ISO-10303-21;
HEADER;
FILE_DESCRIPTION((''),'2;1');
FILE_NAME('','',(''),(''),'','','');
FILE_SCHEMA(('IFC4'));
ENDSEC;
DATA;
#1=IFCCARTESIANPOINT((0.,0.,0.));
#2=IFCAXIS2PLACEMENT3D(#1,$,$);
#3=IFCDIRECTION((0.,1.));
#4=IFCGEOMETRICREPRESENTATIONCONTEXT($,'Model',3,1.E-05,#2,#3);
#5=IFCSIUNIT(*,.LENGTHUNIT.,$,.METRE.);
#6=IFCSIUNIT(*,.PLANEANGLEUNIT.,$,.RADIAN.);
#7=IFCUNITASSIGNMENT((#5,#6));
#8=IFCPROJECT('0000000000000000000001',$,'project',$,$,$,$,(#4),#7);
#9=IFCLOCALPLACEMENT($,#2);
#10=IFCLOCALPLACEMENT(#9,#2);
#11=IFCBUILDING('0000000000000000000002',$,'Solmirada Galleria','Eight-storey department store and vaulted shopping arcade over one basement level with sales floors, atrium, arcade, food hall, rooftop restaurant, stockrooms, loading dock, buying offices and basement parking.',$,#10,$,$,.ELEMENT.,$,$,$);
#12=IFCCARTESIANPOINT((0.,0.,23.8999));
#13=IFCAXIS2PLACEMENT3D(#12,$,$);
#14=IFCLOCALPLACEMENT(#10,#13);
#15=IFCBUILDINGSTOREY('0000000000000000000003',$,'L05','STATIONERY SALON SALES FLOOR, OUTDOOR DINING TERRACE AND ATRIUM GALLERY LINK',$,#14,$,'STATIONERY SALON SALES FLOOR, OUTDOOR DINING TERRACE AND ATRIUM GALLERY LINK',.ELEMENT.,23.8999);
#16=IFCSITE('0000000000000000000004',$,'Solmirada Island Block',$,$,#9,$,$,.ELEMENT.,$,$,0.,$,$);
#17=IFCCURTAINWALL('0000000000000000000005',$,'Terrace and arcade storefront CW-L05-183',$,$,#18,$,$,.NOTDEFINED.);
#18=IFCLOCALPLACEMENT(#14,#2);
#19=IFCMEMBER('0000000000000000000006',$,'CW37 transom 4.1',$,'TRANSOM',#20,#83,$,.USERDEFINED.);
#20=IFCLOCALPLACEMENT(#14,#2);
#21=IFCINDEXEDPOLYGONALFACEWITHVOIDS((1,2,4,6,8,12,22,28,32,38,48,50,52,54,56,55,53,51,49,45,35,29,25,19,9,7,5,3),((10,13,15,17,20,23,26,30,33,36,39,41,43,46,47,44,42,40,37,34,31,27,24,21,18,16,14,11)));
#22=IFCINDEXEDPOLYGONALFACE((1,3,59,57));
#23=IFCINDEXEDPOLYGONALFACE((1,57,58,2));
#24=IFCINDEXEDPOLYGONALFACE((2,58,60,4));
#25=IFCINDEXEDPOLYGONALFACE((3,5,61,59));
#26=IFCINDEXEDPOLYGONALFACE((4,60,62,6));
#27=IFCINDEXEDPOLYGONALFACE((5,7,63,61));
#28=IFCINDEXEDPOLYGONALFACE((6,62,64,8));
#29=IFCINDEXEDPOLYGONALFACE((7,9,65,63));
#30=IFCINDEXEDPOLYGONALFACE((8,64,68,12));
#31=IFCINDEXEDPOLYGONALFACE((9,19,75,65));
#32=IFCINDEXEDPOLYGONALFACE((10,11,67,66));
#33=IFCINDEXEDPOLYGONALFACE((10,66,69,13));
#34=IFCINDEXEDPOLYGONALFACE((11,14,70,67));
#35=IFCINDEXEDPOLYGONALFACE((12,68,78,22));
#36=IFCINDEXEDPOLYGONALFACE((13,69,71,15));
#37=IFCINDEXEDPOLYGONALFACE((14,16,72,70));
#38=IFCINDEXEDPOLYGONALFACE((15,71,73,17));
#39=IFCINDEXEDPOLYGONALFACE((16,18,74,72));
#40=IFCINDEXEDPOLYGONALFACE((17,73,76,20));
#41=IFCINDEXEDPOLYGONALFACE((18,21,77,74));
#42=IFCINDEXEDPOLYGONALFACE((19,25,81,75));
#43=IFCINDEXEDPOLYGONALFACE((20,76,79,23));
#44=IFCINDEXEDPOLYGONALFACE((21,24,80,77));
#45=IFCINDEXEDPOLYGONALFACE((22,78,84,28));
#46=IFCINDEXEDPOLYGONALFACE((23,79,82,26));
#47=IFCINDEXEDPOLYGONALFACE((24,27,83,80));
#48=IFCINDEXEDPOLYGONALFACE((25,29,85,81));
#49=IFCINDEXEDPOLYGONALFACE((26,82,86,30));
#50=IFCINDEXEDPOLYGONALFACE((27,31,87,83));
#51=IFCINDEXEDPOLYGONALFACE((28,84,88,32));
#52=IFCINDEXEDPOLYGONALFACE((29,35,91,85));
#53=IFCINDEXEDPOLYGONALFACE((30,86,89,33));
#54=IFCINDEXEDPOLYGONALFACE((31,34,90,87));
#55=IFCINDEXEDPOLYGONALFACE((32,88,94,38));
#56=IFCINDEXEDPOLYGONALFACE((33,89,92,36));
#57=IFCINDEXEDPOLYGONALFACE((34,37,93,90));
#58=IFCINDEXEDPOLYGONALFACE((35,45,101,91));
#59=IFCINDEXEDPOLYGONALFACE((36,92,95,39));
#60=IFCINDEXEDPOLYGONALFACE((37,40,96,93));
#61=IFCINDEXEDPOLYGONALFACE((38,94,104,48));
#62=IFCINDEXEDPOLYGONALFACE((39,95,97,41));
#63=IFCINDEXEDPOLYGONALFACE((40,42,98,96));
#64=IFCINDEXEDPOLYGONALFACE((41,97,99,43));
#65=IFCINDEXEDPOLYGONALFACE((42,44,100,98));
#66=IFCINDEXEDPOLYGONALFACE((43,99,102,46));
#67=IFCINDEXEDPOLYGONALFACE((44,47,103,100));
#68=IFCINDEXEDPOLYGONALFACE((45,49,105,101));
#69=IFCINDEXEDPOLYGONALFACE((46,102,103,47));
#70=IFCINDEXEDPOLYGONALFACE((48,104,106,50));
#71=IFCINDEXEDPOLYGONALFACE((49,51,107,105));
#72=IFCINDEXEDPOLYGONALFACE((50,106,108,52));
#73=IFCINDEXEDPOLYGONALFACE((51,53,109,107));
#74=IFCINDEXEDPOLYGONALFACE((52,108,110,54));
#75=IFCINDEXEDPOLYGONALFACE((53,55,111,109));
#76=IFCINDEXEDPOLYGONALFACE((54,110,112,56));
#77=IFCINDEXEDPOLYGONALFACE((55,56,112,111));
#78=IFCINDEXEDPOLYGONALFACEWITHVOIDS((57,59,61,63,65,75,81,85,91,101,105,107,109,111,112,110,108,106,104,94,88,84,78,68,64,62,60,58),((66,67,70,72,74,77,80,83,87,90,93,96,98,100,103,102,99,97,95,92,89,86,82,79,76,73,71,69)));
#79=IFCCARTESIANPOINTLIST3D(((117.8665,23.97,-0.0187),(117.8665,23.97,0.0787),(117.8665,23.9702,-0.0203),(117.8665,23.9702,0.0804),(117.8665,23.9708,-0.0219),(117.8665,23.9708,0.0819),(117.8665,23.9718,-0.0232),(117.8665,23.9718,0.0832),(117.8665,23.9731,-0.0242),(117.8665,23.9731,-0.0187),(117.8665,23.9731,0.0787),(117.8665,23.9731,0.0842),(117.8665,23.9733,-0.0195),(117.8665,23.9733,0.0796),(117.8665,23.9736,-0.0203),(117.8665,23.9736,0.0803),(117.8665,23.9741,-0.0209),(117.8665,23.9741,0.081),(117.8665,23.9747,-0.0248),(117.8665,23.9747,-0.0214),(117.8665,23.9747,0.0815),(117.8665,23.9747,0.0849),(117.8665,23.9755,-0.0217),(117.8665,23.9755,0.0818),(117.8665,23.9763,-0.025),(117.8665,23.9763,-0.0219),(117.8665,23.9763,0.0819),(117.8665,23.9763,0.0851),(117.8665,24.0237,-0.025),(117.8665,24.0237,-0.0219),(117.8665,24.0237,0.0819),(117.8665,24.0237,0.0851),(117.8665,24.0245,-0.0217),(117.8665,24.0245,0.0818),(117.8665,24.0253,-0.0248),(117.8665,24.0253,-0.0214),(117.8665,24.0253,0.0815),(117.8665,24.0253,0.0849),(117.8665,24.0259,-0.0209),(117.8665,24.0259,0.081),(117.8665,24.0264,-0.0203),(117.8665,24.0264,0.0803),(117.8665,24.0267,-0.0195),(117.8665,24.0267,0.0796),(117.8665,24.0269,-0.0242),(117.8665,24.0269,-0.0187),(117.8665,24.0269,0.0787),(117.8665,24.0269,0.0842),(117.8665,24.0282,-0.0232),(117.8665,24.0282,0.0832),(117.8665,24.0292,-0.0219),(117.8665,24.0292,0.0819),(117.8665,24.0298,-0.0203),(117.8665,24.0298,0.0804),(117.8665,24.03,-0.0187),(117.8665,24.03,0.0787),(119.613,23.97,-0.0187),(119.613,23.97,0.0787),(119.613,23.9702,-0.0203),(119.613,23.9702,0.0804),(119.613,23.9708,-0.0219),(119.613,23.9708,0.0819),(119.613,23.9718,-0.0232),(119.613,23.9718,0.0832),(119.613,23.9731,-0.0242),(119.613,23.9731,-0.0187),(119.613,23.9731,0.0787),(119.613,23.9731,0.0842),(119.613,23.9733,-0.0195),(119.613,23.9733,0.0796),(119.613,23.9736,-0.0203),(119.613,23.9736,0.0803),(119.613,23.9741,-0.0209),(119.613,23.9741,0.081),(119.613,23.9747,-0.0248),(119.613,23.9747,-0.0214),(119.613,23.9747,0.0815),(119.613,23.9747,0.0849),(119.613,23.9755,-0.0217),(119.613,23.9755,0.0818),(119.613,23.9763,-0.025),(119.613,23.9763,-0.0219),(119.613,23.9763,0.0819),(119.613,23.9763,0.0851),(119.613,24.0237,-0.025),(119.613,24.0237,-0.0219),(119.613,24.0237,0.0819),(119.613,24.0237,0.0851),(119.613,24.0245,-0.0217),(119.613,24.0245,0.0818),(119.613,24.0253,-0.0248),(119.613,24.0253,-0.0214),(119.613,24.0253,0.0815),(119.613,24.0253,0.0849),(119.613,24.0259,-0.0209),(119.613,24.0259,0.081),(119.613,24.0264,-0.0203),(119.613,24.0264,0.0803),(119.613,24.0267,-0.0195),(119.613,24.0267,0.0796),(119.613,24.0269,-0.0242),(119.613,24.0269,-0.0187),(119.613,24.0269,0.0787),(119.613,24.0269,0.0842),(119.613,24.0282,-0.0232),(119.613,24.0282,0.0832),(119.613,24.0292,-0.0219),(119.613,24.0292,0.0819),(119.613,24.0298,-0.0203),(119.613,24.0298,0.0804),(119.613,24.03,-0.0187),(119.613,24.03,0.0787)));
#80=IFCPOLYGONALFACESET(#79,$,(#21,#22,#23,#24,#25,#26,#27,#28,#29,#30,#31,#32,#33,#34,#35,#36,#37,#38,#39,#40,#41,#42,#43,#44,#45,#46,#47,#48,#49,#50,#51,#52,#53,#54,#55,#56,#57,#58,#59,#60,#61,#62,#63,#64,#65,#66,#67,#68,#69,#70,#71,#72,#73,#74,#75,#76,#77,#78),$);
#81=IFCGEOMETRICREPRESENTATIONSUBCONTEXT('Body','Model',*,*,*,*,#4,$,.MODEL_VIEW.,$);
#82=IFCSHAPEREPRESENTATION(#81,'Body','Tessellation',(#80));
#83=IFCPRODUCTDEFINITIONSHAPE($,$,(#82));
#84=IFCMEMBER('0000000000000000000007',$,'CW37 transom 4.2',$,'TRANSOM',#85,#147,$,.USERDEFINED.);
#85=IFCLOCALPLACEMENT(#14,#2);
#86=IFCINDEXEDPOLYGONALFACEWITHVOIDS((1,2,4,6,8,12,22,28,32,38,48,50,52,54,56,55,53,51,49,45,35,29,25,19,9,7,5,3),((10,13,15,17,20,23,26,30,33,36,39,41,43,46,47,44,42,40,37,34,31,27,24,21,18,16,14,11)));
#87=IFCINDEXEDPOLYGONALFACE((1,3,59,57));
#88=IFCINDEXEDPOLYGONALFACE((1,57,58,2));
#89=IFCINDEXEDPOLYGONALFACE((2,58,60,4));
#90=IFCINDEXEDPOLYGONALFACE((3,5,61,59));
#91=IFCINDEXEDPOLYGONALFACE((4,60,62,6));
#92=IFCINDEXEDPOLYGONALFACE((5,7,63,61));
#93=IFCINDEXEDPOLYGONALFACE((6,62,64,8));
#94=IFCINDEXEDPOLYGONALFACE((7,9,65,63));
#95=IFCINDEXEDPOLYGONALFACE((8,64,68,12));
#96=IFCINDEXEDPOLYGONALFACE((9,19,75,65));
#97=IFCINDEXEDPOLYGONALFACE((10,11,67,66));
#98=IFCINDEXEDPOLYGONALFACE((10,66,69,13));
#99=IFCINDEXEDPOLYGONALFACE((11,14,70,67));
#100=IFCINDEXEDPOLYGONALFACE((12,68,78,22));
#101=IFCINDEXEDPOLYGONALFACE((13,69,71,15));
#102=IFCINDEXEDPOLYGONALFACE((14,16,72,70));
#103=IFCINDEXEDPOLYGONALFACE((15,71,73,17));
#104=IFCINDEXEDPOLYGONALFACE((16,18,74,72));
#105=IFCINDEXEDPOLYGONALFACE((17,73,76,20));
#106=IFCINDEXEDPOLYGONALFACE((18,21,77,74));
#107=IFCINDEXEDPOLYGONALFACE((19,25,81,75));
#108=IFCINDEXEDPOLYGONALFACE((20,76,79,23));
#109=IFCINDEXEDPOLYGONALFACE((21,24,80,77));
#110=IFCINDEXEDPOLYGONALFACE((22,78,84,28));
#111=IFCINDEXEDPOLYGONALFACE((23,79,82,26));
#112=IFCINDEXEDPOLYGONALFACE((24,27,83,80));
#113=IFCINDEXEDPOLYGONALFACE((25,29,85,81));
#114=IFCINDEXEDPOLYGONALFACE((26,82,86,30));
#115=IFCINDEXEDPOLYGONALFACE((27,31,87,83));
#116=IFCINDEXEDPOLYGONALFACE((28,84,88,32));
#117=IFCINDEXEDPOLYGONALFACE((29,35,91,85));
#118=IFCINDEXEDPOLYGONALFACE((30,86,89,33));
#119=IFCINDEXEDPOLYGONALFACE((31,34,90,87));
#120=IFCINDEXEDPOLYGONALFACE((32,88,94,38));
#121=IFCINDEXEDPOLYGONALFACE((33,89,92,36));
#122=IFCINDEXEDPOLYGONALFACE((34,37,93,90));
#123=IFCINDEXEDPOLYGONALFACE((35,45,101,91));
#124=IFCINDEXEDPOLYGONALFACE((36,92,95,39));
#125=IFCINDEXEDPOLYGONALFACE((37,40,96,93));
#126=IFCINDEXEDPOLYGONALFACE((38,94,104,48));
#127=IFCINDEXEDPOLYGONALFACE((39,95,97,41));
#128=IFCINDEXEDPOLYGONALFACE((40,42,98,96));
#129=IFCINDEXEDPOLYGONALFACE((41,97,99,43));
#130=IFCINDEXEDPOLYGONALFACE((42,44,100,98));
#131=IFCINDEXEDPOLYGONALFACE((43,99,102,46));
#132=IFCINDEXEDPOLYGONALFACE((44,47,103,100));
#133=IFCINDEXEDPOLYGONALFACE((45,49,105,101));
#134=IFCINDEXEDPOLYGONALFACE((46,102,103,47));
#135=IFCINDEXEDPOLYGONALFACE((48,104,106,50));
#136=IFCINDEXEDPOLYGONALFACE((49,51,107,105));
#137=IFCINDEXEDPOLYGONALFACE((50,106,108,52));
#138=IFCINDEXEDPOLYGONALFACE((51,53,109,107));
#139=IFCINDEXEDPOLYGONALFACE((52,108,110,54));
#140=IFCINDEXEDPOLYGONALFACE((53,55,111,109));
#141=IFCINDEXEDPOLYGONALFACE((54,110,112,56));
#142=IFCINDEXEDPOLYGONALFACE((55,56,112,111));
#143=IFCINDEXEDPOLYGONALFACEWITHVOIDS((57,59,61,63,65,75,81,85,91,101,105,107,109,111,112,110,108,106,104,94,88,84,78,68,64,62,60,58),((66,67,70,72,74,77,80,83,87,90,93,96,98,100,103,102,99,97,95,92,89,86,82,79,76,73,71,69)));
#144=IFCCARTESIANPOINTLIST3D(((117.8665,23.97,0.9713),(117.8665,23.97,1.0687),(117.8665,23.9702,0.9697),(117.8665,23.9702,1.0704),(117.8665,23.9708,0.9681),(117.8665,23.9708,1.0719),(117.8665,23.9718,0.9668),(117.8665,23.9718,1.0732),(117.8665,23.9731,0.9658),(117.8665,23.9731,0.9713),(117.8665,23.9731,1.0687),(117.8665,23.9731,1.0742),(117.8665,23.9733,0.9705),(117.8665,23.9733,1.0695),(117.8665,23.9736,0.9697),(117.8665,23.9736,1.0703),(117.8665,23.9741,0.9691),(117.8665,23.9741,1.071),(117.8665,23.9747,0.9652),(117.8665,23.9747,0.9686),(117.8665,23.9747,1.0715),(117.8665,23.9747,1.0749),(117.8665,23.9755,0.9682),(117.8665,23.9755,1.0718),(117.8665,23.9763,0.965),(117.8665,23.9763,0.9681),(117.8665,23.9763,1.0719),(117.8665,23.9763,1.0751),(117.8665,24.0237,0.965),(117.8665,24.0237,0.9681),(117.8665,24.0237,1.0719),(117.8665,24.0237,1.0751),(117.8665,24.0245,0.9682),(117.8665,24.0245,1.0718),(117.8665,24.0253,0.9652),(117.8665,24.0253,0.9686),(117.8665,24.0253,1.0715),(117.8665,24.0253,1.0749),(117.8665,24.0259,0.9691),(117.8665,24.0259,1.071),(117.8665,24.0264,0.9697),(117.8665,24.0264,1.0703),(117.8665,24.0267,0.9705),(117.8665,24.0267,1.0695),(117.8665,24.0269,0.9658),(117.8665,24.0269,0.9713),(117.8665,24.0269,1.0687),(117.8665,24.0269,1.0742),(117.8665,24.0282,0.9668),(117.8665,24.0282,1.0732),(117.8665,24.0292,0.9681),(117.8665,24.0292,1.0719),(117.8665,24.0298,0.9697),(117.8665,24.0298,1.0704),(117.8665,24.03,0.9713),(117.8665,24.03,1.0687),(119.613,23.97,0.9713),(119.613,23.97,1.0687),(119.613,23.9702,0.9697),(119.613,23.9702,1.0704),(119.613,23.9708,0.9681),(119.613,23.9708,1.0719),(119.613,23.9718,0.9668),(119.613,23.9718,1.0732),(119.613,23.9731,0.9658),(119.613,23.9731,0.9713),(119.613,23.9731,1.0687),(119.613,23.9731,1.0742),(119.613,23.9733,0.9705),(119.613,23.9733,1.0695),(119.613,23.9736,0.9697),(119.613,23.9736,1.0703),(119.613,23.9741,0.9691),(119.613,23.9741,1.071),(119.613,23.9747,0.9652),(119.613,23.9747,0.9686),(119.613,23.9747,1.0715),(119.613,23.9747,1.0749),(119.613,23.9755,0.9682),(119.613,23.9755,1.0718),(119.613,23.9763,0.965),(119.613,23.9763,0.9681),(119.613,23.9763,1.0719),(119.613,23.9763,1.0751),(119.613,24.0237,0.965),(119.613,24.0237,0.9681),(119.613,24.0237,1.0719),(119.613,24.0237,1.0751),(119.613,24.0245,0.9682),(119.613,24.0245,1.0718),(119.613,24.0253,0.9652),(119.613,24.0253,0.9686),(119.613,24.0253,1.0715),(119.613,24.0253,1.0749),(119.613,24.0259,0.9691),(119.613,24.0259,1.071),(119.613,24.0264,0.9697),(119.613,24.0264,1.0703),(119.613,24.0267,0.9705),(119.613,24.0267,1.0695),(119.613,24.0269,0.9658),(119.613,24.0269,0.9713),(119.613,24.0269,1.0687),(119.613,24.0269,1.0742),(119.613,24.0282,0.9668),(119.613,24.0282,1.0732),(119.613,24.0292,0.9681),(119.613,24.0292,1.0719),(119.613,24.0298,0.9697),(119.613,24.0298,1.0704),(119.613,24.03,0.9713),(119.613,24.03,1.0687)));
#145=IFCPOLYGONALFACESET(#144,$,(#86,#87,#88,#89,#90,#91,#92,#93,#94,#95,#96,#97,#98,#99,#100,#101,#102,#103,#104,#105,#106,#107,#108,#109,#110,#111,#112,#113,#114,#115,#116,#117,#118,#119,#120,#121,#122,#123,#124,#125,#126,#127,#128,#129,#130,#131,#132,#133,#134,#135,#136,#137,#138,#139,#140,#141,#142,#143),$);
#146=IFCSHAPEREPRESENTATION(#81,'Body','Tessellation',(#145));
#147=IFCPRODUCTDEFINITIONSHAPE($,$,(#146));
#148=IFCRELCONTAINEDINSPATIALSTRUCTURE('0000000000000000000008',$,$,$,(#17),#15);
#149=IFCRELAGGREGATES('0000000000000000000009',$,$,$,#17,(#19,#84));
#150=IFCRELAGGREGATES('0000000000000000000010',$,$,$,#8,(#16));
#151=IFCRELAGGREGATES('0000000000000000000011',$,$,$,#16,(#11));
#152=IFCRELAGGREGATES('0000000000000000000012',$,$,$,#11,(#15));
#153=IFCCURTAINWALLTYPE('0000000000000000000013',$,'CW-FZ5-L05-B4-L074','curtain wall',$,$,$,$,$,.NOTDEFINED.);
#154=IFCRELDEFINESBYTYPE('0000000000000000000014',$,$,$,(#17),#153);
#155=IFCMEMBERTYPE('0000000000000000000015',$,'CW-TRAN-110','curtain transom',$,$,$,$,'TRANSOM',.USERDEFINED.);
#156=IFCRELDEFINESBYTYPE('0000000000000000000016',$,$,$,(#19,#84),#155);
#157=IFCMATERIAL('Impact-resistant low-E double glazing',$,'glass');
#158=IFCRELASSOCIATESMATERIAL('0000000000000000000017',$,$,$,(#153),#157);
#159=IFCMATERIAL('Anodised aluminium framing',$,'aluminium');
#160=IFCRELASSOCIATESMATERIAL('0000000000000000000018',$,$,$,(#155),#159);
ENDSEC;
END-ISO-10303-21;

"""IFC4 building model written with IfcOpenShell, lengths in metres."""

from ifc_helpers import new_model, si_unit, direction, frame, origin, origin_2d, place, context, subcontext, project, spatial, hollow_rectangle, extrude, material, material_profile, profile_set, type_object, element, aggregate, save


model = new_model("IFC4")

# Units and contexts
model_context = context("Model", 3, precision=1e-05, world=origin(), true_north=direction((0.0, 1.0)))
body_context = subcontext(model_context, "Body", "Model", "MODEL_VIEW")
ifc_project = project(units=[si_unit("LENGTHUNIT", "METRE"), si_unit("PLANEANGLEUNIT", "RADIAN")], contexts=[model_context])

# Site, building, storey
site_placement = place(None, origin())
site = spatial("IfcSite", under=ifc_project, at=site_placement, Name="Solmirada Island Block", CompositionType="ELEMENT", RefElevation=0.0)
building_placement = place(site_placement, origin())
building = spatial("IfcBuilding", under=site, at=building_placement, Name="Solmirada Galleria", Description="Eight-storey department store and vaulted shopping arcade over one basement level with sales floors, atrium, arcade, food hall, rooftop restaurant, stockrooms, loading dock, buying offices and basement parking.", CompositionType="ELEMENT")
storey_placement = place(building_placement, frame((0.0, 0.0, 23.8999)))
storey = spatial("IfcBuildingStorey", under=building, at=storey_placement, Name="L05", Description="STATIONERY SALON SALES FLOOR, OUTDOOR DINING TERRACE AND ATRIUM GALLERY LINK", LongName="STATIONERY SALON SALES FLOOR, OUTDOOR DINING TERRACE AND ATRIUM GALLERY LINK", CompositionType="ELEMENT", Elevation=23.8999)

# Curtain wall
ifc_material_1 = material(Name="Impact-resistant low-E double glazing", Category="glass")
curtain_wall_type = type_object("IfcCurtainWallType", Name="CW-FZ5-L05-B4-L074", Description="curtain wall", PredefinedType="NOTDEFINED", material=ifc_material_1)
curtain_wall_1_placement = place(storey_placement, origin())
curtain_wall_1 = element("IfcCurtainWall", 1, at=curtain_wall_1_placement, inside=storey, type_object=curtain_wall_type, Name="Terrace and arcade storefront CW-L05-183", PredefinedType="NOTDEFINED")
ifc_material_2 = material(Name="Anodised aluminium framing", Category="aluminium")

# Members
ifc_material_profile_1 = material_profile(ifc_material_2, hollow_rectangle(XDim=0.0601, YDim=0.1101, WallThickness=0.0032, InnerFilletRadius=0.0032, OuterFilletRadius=0.0063, at=origin_2d()), Name="ALU-TRAN-110X60")
ifc_profile_set_1 = profile_set([ifc_material_profile_1], Name="Anodised aluminium framing")
member_type_1 = type_object("IfcMemberType", Name="CW-TRAN-110", Description="curtain transom", ElementType="TRANSOM", PredefinedType="USERDEFINED", material=ifc_profile_set_1)
member_1_placement = place(storey_placement, frame((117.8665, 24.0, 0.03), z_axis=(1.0, 0.0, 0.0), x_axis=(0.0, 1.0, 0.0)))
member_1 = element("IfcMember", 2, at=member_1_placement, type_object=member_type_1, Name="CW37 transom 4.1", ObjectType="TRANSOM", PredefinedType="USERDEFINED", context=body_context, shape_type="SweptSolid", body=[
    extrude(hollow_rectangle(XDim=0.0601, YDim=0.1101, WallThickness=0.0032, InnerFilletRadius=0.0032, OuterFilletRadius=0.0063, at=origin_2d()), origin(), (0.0, 0.0, 1.0), 1.7466),
])
member_2_placement = place(storey_placement, frame((117.8665, 24.0, 1.02), z_axis=(1.0, 0.0, 0.0), x_axis=(0.0, 1.0, 0.0)))
member_2 = element("IfcMember", 3, at=member_2_placement, type_object=member_type_1, Name="CW37 transom 4.2", ObjectType="TRANSOM", PredefinedType="USERDEFINED", context=body_context, shape_type="SweptSolid", body=[
    extrude(hollow_rectangle(XDim=0.0601, YDim=0.1101, WallThickness=0.0032, InnerFilletRadius=0.0032, OuterFilletRadius=0.0063, at=origin_2d()), origin(), (0.0, 0.0, 1.0), 1.7466),
])

aggregate(curtain_wall_1, [member_1, member_2])

save(model, "model.ifc")
